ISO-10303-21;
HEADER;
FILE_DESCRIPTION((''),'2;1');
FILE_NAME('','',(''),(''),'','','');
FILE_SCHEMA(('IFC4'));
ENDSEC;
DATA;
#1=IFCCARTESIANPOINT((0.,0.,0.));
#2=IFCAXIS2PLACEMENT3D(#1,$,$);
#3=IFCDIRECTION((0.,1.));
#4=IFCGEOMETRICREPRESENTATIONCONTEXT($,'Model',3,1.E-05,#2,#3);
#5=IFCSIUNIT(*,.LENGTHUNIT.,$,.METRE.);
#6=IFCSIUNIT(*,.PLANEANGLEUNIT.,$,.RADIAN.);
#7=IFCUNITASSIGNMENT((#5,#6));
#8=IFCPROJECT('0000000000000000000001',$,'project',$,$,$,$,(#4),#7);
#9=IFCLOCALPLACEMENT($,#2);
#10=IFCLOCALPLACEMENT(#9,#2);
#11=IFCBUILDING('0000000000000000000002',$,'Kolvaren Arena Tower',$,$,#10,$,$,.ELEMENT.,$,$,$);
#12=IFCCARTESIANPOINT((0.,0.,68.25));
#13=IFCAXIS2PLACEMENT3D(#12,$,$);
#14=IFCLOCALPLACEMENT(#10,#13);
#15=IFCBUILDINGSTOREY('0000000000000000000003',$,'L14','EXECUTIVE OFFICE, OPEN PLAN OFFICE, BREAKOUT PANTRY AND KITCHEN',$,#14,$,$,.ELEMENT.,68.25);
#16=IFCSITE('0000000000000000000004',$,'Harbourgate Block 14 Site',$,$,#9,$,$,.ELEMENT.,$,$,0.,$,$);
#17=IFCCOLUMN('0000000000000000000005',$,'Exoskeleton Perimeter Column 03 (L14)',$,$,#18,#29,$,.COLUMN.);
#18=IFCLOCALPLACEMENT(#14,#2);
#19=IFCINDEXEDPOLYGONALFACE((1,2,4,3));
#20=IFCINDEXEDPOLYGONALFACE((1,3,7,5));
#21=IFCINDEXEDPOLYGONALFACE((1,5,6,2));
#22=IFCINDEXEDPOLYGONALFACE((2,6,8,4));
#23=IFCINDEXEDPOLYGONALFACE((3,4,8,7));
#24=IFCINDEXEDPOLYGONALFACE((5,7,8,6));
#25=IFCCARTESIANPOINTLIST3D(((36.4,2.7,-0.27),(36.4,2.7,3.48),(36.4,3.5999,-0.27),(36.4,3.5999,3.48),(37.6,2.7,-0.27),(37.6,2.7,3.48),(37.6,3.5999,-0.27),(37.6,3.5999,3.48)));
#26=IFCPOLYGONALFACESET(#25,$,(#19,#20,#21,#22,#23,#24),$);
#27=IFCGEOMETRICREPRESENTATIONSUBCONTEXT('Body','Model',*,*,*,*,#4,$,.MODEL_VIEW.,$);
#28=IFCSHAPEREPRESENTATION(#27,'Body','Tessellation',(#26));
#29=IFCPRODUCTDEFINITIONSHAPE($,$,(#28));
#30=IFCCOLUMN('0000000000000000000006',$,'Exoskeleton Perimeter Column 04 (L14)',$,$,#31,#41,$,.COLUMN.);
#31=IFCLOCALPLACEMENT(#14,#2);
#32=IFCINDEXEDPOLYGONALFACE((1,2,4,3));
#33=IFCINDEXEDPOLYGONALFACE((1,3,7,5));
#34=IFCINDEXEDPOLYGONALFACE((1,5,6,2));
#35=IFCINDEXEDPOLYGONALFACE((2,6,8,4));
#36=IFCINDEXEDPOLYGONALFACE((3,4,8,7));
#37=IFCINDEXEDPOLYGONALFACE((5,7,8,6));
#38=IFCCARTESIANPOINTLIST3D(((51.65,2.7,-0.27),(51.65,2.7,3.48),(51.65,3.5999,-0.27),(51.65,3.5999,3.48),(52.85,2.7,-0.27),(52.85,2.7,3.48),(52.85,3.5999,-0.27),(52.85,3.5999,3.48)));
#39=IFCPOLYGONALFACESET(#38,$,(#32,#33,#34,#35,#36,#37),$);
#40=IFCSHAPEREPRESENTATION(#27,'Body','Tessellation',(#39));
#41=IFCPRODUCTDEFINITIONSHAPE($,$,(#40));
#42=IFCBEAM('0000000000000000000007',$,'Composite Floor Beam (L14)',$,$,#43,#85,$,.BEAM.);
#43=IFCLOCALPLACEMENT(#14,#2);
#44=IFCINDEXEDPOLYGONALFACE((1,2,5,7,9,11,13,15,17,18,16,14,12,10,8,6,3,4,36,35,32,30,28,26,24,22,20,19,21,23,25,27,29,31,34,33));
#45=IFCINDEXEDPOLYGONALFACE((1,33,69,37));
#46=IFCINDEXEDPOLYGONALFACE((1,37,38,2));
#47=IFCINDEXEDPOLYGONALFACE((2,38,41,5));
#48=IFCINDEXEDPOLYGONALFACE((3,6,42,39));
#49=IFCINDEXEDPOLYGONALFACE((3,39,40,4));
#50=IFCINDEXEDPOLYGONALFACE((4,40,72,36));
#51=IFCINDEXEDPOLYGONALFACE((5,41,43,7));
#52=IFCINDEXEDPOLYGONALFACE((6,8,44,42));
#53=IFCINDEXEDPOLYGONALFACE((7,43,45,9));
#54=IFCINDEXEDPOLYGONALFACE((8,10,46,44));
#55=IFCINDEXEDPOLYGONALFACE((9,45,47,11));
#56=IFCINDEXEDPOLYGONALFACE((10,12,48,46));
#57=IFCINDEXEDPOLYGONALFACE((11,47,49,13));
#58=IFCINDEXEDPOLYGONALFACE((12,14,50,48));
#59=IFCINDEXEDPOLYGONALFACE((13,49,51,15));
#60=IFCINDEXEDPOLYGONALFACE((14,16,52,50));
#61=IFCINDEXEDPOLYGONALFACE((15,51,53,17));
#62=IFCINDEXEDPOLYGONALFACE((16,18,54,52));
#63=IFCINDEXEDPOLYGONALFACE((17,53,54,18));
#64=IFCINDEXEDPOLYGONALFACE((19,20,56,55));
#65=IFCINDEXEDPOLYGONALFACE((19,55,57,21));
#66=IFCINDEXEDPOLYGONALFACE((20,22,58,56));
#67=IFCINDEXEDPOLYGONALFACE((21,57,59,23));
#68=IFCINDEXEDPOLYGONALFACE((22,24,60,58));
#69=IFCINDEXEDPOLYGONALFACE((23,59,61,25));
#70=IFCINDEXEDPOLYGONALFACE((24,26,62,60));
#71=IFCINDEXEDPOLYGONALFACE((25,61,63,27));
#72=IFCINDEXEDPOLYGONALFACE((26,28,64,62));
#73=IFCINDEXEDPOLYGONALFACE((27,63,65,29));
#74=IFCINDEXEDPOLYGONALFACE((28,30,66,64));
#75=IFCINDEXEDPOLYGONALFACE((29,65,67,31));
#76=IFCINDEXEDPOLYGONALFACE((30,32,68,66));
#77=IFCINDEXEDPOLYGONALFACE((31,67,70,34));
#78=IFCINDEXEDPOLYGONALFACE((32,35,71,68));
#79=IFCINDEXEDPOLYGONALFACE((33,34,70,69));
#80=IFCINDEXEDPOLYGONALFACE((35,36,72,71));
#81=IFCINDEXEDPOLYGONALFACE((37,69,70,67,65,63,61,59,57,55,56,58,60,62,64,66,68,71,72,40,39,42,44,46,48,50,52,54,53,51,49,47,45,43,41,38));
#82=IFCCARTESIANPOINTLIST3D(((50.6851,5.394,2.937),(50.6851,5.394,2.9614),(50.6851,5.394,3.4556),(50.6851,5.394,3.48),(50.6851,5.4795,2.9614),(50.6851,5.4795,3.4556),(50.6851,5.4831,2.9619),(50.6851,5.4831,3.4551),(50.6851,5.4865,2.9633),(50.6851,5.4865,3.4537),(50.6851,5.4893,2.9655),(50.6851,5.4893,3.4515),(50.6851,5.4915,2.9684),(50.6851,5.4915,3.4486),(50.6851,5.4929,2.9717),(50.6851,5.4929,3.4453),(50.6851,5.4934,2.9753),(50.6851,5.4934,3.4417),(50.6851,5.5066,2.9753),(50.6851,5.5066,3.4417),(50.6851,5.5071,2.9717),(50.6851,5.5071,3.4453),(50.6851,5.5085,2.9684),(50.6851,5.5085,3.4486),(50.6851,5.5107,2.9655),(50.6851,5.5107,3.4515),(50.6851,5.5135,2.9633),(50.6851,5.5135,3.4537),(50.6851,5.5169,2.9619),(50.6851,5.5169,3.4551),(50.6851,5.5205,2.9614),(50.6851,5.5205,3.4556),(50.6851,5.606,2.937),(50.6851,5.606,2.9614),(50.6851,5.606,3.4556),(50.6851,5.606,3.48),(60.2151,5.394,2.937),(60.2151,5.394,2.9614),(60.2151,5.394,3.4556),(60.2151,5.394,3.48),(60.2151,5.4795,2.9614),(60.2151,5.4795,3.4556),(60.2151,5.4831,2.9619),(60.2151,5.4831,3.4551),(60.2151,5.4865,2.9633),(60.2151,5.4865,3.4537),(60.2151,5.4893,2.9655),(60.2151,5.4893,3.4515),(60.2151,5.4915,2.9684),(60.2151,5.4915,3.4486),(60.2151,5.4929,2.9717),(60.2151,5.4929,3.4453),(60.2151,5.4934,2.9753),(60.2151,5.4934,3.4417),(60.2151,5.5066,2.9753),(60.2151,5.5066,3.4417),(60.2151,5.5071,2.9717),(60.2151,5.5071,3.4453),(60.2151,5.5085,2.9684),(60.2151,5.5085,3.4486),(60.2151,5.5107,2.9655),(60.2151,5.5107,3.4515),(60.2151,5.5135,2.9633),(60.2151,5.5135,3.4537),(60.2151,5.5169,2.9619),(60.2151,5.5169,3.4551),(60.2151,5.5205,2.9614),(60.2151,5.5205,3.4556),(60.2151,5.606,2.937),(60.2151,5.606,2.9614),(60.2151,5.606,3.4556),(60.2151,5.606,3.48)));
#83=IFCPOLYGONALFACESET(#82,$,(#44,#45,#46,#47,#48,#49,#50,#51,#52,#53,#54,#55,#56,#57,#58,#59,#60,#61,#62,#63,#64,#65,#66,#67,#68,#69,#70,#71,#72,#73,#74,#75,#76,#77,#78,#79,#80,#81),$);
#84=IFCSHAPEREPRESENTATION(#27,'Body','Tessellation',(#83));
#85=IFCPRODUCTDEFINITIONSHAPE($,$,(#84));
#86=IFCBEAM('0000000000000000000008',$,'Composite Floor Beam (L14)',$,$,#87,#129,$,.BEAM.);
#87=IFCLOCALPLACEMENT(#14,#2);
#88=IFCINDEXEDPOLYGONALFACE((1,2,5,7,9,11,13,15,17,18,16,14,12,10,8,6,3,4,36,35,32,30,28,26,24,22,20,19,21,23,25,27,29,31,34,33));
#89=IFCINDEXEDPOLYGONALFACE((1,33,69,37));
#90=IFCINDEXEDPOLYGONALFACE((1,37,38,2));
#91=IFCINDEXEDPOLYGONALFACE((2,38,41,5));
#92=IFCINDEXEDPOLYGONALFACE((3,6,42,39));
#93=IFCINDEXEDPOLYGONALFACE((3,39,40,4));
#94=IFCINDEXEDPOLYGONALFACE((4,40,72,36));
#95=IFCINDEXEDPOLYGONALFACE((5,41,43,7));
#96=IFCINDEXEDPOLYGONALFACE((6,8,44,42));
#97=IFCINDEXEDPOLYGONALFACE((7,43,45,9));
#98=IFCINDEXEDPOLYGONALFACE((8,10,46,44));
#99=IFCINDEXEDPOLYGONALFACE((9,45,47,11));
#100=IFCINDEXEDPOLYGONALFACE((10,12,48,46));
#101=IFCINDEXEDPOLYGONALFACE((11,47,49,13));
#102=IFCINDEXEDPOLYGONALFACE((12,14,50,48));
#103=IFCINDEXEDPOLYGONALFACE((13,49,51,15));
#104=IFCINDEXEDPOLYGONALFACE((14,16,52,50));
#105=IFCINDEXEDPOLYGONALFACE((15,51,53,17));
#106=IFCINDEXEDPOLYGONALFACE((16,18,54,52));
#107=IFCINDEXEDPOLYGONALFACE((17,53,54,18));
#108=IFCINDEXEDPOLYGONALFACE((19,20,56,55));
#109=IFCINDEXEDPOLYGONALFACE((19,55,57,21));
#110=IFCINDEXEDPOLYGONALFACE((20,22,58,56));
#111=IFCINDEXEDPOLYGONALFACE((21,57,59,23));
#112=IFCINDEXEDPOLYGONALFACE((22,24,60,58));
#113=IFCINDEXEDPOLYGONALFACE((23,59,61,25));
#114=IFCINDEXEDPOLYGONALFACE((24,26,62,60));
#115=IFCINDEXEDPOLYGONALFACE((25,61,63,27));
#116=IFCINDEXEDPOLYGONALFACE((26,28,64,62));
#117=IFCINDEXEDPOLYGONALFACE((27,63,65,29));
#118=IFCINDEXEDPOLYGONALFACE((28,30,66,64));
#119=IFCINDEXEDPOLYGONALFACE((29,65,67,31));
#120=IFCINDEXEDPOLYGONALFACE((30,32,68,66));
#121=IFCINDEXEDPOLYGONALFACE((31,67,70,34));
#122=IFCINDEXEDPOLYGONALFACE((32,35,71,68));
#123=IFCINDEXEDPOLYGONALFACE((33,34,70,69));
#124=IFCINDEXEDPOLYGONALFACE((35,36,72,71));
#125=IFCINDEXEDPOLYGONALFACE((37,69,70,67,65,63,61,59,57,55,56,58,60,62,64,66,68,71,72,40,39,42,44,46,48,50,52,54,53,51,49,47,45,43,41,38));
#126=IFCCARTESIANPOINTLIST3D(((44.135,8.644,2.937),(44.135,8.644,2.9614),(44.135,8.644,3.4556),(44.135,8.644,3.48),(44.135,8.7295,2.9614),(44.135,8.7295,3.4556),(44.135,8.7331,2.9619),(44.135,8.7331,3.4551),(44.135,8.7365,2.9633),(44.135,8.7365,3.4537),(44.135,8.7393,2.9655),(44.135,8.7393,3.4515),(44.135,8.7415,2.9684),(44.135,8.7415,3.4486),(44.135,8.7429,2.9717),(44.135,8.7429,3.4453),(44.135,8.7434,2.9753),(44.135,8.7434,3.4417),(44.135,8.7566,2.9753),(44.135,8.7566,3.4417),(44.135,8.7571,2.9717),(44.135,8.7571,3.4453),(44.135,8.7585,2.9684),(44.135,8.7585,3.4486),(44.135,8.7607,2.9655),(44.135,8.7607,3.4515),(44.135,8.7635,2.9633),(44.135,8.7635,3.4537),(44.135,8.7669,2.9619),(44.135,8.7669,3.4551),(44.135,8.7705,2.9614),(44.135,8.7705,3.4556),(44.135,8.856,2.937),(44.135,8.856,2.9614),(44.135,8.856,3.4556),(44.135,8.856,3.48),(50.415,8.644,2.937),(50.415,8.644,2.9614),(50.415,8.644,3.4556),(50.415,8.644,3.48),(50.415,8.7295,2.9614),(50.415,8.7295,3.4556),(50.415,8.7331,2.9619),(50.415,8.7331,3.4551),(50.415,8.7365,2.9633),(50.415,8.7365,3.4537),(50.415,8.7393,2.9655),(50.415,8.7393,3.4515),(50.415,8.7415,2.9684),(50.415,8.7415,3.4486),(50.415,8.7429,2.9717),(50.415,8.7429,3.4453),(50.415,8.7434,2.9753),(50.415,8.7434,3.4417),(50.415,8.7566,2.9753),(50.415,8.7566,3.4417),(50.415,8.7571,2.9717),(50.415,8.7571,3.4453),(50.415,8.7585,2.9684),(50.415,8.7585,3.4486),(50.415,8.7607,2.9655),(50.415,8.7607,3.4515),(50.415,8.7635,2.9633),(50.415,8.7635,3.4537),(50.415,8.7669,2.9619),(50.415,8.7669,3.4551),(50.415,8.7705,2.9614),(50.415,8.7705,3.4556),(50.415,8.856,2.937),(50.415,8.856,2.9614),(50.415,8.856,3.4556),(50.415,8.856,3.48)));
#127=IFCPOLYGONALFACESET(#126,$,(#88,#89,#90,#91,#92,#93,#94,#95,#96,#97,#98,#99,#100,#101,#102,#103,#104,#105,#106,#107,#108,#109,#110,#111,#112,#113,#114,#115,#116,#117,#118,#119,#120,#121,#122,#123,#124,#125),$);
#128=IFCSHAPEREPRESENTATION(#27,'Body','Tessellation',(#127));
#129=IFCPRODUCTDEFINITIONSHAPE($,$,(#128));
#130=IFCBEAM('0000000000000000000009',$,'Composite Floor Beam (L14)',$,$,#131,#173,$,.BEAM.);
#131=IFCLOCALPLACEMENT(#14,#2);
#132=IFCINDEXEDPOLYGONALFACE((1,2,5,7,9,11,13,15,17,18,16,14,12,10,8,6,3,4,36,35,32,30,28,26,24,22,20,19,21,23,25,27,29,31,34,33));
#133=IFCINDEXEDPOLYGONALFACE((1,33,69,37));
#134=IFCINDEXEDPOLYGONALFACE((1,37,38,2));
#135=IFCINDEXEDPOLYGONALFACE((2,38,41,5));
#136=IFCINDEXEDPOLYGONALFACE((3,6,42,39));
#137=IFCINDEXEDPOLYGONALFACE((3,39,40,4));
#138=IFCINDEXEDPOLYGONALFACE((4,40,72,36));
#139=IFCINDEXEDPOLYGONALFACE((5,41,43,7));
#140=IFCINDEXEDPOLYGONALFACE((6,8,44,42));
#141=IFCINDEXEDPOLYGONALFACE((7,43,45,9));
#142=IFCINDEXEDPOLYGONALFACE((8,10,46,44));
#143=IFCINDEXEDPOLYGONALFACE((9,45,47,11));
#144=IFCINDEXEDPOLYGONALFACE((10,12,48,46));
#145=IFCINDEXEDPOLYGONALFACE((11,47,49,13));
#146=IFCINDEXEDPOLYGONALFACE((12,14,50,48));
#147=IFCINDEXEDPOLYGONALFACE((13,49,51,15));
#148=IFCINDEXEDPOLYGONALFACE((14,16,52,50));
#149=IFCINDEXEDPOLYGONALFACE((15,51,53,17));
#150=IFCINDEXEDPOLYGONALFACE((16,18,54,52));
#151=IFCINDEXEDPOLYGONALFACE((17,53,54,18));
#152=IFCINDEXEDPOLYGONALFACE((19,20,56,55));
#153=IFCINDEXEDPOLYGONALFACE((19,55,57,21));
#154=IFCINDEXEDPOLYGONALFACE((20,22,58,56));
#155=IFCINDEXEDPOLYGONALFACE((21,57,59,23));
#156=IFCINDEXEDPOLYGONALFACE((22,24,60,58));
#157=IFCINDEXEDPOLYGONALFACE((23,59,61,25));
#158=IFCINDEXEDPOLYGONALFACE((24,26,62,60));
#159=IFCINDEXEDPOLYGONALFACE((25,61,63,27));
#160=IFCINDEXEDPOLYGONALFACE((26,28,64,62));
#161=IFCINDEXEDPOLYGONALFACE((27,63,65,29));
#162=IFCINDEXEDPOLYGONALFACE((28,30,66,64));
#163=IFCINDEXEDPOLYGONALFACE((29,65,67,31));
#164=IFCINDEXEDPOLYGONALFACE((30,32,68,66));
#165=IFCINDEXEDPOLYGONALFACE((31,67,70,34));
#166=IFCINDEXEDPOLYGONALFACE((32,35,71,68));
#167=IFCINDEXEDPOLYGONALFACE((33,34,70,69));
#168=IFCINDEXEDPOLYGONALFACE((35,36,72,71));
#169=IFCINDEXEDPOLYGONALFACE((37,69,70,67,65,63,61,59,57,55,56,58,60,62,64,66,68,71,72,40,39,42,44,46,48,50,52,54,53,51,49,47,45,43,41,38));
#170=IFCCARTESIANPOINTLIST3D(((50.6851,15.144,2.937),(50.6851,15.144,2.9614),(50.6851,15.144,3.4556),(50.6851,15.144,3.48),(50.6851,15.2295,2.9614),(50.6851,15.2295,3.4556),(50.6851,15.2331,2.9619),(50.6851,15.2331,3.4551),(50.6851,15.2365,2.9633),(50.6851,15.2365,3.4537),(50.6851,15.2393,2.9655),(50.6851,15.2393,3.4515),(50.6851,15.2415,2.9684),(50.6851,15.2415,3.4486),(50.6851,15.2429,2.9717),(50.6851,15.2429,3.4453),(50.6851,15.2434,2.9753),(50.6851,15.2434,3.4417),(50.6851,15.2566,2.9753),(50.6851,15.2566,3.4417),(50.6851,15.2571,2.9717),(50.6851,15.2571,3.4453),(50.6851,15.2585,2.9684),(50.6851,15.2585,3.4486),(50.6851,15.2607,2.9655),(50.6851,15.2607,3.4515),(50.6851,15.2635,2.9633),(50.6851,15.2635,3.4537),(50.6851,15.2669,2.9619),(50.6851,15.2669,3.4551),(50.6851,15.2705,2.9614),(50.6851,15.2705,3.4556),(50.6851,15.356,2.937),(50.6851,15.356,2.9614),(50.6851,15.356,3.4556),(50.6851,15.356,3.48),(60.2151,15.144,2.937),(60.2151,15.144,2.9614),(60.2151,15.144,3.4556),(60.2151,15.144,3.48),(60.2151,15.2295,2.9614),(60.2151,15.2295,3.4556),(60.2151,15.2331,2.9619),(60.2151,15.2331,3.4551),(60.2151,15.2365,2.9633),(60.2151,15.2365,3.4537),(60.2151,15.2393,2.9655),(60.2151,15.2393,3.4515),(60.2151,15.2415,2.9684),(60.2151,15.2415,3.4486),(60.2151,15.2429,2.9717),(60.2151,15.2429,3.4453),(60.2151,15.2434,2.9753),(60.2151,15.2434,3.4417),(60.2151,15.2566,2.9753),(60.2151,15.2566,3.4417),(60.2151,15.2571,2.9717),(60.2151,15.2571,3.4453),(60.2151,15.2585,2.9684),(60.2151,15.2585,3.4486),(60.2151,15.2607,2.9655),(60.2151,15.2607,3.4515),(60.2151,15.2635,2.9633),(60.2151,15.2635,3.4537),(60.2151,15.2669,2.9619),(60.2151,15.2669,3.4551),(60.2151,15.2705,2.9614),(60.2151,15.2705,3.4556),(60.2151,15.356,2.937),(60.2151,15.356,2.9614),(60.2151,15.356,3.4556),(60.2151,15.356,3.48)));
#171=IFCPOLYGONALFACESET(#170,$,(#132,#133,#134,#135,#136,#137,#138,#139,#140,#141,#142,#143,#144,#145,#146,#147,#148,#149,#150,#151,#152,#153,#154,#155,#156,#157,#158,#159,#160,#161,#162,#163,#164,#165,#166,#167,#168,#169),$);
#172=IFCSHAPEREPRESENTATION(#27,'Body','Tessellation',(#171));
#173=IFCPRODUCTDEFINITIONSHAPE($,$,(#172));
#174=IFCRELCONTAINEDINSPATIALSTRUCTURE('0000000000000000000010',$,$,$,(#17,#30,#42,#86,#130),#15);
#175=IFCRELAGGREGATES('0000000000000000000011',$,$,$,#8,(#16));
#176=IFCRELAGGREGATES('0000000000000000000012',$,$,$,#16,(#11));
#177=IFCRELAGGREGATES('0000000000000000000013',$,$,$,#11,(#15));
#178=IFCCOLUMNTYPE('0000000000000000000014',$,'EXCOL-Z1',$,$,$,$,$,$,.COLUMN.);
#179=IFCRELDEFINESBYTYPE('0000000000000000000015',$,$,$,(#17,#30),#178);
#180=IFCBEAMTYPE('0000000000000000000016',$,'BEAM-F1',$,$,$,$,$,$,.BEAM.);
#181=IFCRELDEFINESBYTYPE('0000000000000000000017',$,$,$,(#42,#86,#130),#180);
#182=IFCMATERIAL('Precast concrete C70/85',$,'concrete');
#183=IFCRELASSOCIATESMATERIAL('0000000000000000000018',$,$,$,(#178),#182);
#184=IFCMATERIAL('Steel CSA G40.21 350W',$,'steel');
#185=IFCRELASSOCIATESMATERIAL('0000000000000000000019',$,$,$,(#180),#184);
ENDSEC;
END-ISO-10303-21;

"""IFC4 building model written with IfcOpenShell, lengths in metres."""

from ifc_helpers import new_model, si_unit, direction, frame, origin, origin_2d, place, context, subcontext, project, spatial, rectangle, i_section, extrude, material, material_profile, profile_set, type_object, element, save


model = new_model("IFC4")

# Units and contexts
model_context = context("Model", 3, precision=1e-05, world=origin(), true_north=direction((0.0, 1.0)))
body_context = subcontext(model_context, "Body", "Model", "MODEL_VIEW")
ifc_project = project(units=[si_unit("LENGTHUNIT", "METRE"), si_unit("PLANEANGLEUNIT", "RADIAN")], contexts=[model_context])

# Site, building, storey
site_placement = place(None, origin())
site = spatial("IfcSite", under=ifc_project, at=site_placement, Name="Harbourgate Block 14 Site", CompositionType="ELEMENT", RefElevation=0.0)
building_placement = place(site_placement, origin())
building = spatial("IfcBuilding", under=site, at=building_placement, Name="Kolvaren Arena Tower", CompositionType="ELEMENT")
storey_placement = place(building_placement, frame((0.0, 0.0, 68.25)))
storey = spatial("IfcBuildingStorey", under=building, at=storey_placement, Name="L14", Description="EXECUTIVE OFFICE, OPEN PLAN OFFICE, BREAKOUT PANTRY AND KITCHEN", CompositionType="ELEMENT", Elevation=68.25)

# Columns
ifc_material_1 = material(Name="Precast concrete C70/85", Category="concrete")
ifc_material_profile_1 = material_profile(ifc_material_1, rectangle(XDim=1.2, YDim=0.8999, at=origin_2d()), Name="RC-1200x900")
ifc_profile_set_1 = profile_set([ifc_material_profile_1], Name="Precast concrete C70/85")
column_type = type_object("IfcColumnType", Name="EXCOL-Z1", PredefinedType="COLUMN", material=ifc_profile_set_1)
for number, where, z_axis, x_axis, name in (
    (1, (37.0, 3.1499, -0.27), (0.0, 0.0, 1.0), (1.0, 0.0, 0.0), "Exoskeleton Perimeter Column 03 (L14)"),
    (2, (52.25, 3.1499, -0.27), (0.0, 0.0, 1.0), (1.0, 0.0, 0.0), "Exoskeleton Perimeter Column 04 (L14)"),
):
    element("IfcColumn", number, at=place(storey_placement, frame(where, z_axis=z_axis, x_axis=x_axis)), inside=storey, type_object=column_type, Name=name, PredefinedType="COLUMN", context=body_context, shape_type="SweptSolid", body=[
        extrude(rectangle(XDim=1.2, YDim=0.8999, at=origin_2d()), origin(), (0.0, 0.0, 1.0), 3.75),
    ])

# Beams
ifc_material_2 = material(Name="Steel CSA G40.21 350W", Category="steel")
ifc_material_profile_2 = material_profile(ifc_material_2, i_section(OverallWidth=0.2119, OverallDepth=0.543, WebThickness=0.0132, FlangeThickness=0.0244, FilletRadius=0.0139, at=origin_2d()), Name="W530x150")
ifc_profile_set_2 = profile_set([ifc_material_profile_2], Name="Steel CSA G40.21 350W")
beam_type_1 = type_object("IfcBeamType", Name="BEAM-F1", PredefinedType="BEAM", material=ifc_profile_set_2)
beam_1_placement = place(storey_placement, frame((50.6851, 5.5, 3.2085), z_axis=(1.0, 0.0, 0.0), x_axis=(0.0, 1.0, 0.0)))
element("IfcBeam", 3, at=beam_1_placement, inside=storey, type_object=beam_type_1, Name="Composite Floor Beam (L14)", PredefinedType="BEAM", context=body_context, shape_type="SweptSolid", body=[
    extrude(i_section(OverallWidth=0.2119, OverallDepth=0.543, WebThickness=0.0132, FlangeThickness=0.0244, FilletRadius=0.0139, at=origin_2d()), origin(), (0.0, 0.0, 1.0), 9.53),
])
beam_2_placement = place(storey_placement, frame((44.135, 8.75, 3.2085), z_axis=(1.0, 0.0, 0.0), x_axis=(0.0, 1.0, 0.0)))
element("IfcBeam", 4, at=beam_2_placement, inside=storey, type_object=beam_type_1, Name="Composite Floor Beam (L14)", PredefinedType="BEAM", context=body_context, shape_type="SweptSolid", body=[
    extrude(i_section(OverallWidth=0.2119, OverallDepth=0.543, WebThickness=0.0132, FlangeThickness=0.0244, FilletRadius=0.0139, at=origin_2d()), origin(), (0.0, 0.0, 1.0), 6.28),
])
beam_3_placement = place(storey_placement, frame((50.6851, 15.25, 3.2085), z_axis=(1.0, 0.0, 0.0), x_axis=(0.0, 1.0, 0.0)))
element("IfcBeam", 5, at=beam_3_placement, inside=storey, type_object=beam_type_1, Name="Composite Floor Beam (L14)", PredefinedType="BEAM", context=body_context, shape_type="SweptSolid", body=[
    extrude(i_section(OverallWidth=0.2119, OverallDepth=0.543, WebThickness=0.0132, FlangeThickness=0.0244, FilletRadius=0.0139, at=origin_2d()), origin(), (0.0, 0.0, 1.0), 9.53),
])

save(model, "model.ifc")
